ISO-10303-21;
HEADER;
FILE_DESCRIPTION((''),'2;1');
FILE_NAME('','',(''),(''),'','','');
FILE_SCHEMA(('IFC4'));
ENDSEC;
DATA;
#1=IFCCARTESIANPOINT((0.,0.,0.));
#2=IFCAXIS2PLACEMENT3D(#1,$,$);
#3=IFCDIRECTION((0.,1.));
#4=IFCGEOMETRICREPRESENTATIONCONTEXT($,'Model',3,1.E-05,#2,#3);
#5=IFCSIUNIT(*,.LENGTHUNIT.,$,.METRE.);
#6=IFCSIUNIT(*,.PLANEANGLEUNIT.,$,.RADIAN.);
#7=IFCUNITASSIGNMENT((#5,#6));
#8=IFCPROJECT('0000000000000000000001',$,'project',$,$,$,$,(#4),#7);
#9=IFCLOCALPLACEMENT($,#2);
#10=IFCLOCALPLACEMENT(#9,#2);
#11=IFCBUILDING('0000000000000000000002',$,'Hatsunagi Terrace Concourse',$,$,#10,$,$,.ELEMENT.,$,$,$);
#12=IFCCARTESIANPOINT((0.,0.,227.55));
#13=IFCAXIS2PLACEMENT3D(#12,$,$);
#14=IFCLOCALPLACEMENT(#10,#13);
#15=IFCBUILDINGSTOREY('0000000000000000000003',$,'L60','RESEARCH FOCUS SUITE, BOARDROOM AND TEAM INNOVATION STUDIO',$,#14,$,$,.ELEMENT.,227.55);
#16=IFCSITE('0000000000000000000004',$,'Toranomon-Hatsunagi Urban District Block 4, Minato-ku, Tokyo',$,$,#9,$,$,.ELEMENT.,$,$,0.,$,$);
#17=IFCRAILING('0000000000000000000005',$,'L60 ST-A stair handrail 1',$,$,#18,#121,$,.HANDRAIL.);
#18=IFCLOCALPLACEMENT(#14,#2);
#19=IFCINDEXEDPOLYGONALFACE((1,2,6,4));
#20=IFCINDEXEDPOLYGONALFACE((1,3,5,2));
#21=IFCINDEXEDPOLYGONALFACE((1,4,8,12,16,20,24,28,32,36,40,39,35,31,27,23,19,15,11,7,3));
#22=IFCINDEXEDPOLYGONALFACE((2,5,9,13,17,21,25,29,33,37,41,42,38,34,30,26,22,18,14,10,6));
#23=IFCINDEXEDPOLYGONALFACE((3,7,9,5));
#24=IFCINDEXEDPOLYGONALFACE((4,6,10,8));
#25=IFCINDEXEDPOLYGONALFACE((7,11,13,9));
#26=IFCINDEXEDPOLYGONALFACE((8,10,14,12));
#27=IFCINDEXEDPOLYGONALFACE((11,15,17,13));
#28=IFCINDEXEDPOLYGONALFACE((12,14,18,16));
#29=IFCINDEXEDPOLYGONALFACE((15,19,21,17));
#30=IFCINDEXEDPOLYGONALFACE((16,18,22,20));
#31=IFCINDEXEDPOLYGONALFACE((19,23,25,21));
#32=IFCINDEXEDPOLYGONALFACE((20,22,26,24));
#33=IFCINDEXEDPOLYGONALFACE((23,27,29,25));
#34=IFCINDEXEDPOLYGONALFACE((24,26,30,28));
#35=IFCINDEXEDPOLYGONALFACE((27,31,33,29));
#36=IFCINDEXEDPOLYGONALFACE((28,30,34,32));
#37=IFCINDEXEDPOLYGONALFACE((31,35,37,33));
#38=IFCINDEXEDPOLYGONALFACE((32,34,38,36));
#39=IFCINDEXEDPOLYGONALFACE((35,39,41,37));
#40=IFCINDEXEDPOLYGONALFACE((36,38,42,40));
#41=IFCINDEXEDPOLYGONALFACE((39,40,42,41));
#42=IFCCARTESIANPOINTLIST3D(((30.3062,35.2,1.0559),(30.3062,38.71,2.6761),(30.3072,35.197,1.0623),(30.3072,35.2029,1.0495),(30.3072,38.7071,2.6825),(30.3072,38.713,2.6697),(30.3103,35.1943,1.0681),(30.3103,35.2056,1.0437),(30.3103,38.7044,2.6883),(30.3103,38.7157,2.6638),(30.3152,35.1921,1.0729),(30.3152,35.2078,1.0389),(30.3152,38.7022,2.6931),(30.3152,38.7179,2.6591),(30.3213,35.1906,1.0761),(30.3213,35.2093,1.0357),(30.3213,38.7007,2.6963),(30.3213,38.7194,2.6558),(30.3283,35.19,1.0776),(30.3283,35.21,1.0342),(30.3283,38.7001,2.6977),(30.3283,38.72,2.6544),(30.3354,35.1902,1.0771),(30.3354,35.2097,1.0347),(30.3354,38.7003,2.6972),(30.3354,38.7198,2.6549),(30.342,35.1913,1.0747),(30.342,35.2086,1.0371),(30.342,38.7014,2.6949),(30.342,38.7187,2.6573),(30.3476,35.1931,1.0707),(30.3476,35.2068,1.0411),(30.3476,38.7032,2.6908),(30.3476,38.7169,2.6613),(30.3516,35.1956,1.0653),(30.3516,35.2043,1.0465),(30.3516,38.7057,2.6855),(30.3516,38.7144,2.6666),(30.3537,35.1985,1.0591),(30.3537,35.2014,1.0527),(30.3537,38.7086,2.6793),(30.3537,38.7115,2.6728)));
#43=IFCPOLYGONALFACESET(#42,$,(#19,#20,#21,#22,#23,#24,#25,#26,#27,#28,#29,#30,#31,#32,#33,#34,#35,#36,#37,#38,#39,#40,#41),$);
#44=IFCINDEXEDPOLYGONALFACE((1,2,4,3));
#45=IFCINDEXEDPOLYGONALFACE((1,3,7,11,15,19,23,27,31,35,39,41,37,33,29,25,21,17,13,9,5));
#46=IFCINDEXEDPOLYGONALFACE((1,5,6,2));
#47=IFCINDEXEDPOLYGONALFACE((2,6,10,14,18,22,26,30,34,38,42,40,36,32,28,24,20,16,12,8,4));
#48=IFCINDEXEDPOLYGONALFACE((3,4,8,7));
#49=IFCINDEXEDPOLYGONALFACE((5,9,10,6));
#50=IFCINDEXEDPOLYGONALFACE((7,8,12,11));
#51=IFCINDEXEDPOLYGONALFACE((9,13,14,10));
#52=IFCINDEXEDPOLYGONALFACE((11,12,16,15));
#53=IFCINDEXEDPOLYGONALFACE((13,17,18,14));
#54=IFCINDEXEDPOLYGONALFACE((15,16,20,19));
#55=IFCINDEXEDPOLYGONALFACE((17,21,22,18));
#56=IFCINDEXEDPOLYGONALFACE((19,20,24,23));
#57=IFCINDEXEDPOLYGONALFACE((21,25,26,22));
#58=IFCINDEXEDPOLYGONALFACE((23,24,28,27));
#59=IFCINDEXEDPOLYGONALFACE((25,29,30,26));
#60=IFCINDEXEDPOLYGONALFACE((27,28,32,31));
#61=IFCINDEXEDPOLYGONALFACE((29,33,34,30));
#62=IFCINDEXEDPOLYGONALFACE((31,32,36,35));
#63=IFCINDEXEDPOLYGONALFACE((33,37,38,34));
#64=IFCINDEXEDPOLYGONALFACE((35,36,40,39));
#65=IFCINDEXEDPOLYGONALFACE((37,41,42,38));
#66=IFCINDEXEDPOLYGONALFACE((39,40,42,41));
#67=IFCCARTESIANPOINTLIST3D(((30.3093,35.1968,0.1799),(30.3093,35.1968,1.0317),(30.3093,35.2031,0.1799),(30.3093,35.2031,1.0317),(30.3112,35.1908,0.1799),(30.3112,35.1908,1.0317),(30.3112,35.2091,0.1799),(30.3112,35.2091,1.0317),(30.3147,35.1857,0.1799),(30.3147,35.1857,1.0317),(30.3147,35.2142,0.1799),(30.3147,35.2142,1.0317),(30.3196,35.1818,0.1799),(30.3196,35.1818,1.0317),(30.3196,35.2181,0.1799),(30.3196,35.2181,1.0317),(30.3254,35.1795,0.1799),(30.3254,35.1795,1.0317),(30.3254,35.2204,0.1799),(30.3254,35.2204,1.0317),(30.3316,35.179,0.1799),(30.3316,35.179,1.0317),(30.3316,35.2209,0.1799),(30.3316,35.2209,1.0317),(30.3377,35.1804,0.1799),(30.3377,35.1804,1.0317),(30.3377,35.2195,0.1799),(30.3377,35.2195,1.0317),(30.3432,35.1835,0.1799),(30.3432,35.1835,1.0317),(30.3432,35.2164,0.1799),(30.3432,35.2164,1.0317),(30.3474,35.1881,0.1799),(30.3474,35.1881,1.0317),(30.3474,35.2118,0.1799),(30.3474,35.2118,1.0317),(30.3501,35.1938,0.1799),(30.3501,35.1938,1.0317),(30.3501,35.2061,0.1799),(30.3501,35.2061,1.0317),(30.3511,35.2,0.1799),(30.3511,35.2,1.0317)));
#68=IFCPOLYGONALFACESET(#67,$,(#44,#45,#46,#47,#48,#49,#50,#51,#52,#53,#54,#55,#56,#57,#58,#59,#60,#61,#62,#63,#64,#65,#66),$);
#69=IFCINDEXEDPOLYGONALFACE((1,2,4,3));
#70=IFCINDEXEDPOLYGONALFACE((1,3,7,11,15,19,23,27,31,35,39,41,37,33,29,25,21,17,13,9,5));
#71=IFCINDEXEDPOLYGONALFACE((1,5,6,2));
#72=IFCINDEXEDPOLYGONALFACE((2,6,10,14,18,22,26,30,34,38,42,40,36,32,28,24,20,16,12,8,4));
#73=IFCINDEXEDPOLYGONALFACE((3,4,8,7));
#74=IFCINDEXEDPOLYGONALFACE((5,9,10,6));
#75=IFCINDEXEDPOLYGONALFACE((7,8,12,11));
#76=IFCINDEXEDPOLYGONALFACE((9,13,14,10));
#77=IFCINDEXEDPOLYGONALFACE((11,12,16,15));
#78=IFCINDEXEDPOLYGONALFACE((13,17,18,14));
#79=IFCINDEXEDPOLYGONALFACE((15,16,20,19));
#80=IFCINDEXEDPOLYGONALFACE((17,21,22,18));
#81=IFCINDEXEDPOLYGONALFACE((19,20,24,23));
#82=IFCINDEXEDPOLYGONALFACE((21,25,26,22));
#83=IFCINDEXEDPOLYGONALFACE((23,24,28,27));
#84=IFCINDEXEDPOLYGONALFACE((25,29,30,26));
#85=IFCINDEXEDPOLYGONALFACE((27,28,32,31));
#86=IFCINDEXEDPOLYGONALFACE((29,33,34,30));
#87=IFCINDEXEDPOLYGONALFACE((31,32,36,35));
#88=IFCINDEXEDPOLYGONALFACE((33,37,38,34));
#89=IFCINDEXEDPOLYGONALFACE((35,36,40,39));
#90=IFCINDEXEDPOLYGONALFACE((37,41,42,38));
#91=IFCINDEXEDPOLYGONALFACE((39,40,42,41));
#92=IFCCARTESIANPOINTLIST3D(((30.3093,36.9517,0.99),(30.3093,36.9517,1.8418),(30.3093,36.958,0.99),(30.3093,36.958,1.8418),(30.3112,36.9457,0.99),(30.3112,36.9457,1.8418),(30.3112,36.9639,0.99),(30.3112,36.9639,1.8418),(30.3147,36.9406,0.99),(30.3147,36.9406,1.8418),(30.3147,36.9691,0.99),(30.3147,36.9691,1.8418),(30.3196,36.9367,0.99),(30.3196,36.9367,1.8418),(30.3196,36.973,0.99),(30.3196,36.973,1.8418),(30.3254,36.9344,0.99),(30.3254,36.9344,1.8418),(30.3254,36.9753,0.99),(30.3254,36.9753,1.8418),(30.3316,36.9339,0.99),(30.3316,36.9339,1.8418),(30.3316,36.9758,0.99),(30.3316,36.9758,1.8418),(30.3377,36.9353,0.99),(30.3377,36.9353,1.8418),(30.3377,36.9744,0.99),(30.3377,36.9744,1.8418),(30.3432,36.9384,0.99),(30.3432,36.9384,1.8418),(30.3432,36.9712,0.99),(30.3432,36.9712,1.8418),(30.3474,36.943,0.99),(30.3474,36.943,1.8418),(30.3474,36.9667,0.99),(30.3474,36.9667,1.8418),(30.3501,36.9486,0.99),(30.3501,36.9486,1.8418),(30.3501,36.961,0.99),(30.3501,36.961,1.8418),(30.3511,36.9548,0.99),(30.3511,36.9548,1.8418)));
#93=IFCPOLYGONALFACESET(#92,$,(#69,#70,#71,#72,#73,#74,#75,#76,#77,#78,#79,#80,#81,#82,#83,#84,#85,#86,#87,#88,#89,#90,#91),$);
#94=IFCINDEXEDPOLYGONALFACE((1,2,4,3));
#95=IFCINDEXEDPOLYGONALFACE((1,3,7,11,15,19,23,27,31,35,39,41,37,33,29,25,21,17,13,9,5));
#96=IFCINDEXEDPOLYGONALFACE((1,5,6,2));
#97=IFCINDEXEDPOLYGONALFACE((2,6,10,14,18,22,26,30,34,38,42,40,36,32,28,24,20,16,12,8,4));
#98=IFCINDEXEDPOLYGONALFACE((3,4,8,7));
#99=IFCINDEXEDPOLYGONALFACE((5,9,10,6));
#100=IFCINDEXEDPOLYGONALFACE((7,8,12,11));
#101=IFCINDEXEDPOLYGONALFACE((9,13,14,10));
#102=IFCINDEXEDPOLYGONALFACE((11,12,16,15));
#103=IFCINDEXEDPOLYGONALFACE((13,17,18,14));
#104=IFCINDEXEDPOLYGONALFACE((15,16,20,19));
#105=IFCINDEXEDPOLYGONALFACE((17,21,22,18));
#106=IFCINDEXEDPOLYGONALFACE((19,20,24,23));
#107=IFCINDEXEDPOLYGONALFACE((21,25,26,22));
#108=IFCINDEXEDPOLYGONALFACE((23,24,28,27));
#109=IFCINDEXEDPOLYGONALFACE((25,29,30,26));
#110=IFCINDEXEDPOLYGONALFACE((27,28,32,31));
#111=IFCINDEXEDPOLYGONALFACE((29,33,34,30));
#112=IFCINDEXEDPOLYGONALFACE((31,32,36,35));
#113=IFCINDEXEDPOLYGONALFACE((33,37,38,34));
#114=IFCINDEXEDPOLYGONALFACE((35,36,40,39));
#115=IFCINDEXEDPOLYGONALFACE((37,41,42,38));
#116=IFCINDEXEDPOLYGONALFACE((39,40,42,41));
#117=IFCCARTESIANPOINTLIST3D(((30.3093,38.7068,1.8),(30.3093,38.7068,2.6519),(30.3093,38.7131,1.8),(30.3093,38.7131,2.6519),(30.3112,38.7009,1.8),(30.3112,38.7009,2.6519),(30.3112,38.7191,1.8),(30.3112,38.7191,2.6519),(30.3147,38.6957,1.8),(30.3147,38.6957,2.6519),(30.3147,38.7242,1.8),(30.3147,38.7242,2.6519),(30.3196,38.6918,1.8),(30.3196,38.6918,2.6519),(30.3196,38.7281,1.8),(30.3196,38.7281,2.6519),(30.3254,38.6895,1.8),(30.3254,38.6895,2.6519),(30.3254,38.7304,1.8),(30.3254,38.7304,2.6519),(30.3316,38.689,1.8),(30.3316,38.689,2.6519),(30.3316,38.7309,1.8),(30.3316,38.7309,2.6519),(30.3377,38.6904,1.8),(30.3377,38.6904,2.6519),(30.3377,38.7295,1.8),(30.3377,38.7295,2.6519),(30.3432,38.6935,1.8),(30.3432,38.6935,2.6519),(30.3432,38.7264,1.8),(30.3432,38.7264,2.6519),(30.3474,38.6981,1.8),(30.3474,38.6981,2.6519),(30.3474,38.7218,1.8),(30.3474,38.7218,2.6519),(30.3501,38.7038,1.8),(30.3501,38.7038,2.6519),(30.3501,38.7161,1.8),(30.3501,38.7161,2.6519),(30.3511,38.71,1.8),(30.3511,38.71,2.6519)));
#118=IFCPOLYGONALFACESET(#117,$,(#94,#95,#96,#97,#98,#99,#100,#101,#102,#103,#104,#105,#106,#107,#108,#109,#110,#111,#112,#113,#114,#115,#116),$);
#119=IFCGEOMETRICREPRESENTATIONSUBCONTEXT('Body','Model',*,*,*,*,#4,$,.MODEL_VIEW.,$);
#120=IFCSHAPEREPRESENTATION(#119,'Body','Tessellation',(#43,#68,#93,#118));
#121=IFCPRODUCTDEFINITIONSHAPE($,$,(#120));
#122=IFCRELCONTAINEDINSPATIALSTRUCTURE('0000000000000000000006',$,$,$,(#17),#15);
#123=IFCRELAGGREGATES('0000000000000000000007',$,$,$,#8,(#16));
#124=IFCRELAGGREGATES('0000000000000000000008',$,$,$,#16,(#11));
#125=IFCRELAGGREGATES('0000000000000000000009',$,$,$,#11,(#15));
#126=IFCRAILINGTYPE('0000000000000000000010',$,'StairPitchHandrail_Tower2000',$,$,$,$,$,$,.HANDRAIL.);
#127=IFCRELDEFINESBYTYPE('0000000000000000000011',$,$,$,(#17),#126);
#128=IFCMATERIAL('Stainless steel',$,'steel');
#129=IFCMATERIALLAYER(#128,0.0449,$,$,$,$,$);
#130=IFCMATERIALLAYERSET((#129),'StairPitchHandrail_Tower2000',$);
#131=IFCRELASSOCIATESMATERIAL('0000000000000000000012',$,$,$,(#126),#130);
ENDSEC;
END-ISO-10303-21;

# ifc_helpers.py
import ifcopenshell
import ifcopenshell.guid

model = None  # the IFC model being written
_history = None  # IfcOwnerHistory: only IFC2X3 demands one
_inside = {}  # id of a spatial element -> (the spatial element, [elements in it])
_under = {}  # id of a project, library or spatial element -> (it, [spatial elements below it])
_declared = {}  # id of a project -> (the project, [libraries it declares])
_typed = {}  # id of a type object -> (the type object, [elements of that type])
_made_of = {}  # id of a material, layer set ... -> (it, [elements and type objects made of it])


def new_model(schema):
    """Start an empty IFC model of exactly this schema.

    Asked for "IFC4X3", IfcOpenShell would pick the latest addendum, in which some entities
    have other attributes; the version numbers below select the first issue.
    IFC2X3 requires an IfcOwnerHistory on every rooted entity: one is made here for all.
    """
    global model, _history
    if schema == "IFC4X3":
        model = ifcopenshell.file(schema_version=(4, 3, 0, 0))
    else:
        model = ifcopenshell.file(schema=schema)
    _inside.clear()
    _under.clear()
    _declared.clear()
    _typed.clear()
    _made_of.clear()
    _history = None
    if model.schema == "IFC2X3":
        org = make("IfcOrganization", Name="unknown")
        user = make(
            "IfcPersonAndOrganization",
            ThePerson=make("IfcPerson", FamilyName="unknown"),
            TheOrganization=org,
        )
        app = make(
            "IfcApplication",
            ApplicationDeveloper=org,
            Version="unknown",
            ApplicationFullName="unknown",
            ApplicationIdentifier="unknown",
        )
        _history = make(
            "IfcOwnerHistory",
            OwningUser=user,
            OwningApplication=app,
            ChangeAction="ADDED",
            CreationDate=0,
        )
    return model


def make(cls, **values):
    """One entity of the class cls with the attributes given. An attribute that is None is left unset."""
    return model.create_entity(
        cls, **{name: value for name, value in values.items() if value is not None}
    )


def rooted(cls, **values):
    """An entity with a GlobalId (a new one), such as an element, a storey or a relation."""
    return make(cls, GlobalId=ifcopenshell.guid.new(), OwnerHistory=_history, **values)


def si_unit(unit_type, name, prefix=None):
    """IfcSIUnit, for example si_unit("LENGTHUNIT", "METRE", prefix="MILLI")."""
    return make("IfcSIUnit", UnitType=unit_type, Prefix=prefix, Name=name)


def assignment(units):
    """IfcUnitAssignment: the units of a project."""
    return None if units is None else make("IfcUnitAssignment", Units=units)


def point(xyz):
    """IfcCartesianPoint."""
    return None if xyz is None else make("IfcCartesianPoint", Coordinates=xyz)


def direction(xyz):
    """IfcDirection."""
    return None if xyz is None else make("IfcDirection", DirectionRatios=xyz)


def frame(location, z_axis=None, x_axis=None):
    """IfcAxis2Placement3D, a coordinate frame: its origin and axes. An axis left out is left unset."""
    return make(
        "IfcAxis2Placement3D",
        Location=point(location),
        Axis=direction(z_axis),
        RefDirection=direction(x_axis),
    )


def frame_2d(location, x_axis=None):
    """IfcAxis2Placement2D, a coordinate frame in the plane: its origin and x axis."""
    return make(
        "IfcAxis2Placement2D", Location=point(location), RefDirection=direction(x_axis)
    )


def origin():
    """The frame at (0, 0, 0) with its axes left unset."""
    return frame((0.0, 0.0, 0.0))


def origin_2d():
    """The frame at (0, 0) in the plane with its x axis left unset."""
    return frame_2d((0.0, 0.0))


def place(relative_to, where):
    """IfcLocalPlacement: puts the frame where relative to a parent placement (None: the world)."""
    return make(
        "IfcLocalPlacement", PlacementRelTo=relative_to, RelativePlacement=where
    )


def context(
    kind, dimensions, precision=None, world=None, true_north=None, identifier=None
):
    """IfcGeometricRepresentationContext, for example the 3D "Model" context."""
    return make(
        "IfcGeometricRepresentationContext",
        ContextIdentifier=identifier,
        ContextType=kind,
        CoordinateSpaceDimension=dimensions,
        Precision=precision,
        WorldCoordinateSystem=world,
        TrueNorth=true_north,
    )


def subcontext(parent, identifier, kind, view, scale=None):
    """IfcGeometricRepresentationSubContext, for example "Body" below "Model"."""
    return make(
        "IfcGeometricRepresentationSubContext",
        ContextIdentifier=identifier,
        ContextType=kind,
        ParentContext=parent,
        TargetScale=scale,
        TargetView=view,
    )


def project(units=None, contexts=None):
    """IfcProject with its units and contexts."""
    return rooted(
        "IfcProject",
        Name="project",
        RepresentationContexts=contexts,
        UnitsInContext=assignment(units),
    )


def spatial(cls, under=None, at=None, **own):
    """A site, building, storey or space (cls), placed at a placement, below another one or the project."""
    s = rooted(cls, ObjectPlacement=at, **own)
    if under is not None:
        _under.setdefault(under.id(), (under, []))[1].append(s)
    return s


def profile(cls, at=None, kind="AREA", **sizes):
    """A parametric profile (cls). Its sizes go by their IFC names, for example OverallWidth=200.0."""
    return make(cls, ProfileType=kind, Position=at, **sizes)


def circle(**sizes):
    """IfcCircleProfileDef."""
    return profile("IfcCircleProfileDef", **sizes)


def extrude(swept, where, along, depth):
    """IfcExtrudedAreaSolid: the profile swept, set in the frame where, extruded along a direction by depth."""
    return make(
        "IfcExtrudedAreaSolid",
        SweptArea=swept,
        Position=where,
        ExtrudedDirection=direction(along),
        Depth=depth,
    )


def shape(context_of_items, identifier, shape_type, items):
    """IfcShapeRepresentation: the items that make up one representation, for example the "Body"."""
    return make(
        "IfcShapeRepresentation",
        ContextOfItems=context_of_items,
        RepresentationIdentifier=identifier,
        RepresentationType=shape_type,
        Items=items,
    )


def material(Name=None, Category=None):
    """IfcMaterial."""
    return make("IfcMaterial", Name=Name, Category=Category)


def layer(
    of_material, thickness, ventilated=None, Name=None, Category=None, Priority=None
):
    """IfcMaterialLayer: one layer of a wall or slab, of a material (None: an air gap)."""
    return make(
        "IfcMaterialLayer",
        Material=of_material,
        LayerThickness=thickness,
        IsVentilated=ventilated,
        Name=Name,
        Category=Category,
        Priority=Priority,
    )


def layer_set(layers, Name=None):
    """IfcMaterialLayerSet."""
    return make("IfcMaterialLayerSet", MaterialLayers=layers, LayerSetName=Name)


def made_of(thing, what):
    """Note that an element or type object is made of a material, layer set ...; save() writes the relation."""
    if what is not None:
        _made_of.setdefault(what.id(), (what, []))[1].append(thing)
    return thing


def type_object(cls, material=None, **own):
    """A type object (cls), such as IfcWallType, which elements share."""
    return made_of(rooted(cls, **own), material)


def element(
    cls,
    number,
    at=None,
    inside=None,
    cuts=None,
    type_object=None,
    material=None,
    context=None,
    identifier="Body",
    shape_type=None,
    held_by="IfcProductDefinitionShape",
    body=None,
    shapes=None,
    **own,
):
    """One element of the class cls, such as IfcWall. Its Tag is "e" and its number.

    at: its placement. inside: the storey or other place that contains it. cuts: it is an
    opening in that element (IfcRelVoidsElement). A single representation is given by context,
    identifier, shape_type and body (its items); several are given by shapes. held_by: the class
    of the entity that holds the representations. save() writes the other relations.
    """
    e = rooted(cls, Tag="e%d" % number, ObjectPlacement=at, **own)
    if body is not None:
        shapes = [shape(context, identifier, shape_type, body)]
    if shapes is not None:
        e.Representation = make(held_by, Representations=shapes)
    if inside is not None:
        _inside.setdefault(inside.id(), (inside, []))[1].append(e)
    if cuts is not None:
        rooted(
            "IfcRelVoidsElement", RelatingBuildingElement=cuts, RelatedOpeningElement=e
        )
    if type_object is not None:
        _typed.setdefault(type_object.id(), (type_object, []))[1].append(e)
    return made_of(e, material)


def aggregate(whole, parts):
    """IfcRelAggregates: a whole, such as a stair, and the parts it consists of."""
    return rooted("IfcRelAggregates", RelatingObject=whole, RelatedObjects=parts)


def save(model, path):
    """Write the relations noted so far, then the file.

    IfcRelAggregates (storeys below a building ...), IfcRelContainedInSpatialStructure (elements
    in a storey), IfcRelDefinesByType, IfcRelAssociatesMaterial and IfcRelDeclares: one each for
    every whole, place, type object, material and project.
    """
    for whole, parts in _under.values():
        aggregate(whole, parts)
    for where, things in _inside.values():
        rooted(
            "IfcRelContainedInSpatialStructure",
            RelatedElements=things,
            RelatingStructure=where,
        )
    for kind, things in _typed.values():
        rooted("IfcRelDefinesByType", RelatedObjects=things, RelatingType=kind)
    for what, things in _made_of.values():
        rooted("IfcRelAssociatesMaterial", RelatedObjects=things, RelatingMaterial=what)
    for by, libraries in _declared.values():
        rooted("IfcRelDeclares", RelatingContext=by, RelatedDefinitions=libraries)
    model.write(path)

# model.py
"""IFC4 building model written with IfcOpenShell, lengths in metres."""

from ifc_helpers import new_model, si_unit, direction, frame, origin, origin_2d, place, context, subcontext, project, spatial, circle, extrude, material, layer, layer_set, type_object, element, save


model = new_model("IFC4")

# Units and contexts
model_context = context("Model", 3, precision=1e-05, world=origin(), true_north=direction((0.0, 1.0)))
body_context = subcontext(model_context, "Body", "Model", "MODEL_VIEW")
ifc_project = project(units=[si_unit("LENGTHUNIT", "METRE"), si_unit("PLANEANGLEUNIT", "RADIAN")], contexts=[model_context])

# Site, building, storey
site_placement = place(None, origin())
site = spatial("IfcSite", under=ifc_project, at=site_placement, Name="Toranomon-Hatsunagi Urban District Block 4, Minato-ku, Tokyo", CompositionType="ELEMENT", RefElevation=0.0)
building_placement = place(site_placement, origin())
building = spatial("IfcBuilding", under=site, at=building_placement, Name="Hatsunagi Terrace Concourse", CompositionType="ELEMENT")
storey_placement = place(building_placement, frame((0.0, 0.0, 227.55)))
storey = spatial("IfcBuildingStorey", under=building, at=storey_placement, Name="L60", Description="RESEARCH FOCUS SUITE, BOARDROOM AND TEAM INNOVATION STUDIO", CompositionType="ELEMENT", Elevation=227.55)

# Railing
ifc_material_1 = material(Name="Stainless steel", Category="steel")
ifc_layer_1 = layer(ifc_material_1, 0.0449)
ifc_layer_set_1 = layer_set([ifc_layer_1], Name="StairPitchHandrail_Tower2000")
railing_type_1 = type_object("IfcRailingType", Name="StairPitchHandrail_Tower2000", PredefinedType="HANDRAIL", material=ifc_layer_set_1)
railing_1_placement = place(storey_placement, frame((30.3301, 35.2, 0.1799)))
element("IfcRailing", 1, at=railing_1_placement, inside=storey, type_object=railing_type_1, Name="L60 ST-A stair handrail 1", PredefinedType="HANDRAIL", context=body_context, shape_type="SweptSolid", body=[
    extrude(circle(Radius=0.0239, at=origin_2d()), frame((0.0, 0.0, 0.876), z_axis=(0.0, 0.907948, 0.419082), x_axis=(-1.0, 0.0, 0.0)), (0.0, 0.0, 1.0), 3.866),
    extrude(circle(Radius=0.021, at=origin_2d()), origin(), (0.0, 0.0, 1.0), 0.8518),
    extrude(circle(Radius=0.021, at=origin_2d()), frame((0.0, 1.7549, 0.8101)), (0.0, 0.0, 1.0), 0.8518),
    extrude(circle(Radius=0.021, at=origin_2d()), frame((0.0, 3.51, 1.6201)), (0.0, 0.0, 1.0), 0.8518),
])

save(model, "model.ifc")
